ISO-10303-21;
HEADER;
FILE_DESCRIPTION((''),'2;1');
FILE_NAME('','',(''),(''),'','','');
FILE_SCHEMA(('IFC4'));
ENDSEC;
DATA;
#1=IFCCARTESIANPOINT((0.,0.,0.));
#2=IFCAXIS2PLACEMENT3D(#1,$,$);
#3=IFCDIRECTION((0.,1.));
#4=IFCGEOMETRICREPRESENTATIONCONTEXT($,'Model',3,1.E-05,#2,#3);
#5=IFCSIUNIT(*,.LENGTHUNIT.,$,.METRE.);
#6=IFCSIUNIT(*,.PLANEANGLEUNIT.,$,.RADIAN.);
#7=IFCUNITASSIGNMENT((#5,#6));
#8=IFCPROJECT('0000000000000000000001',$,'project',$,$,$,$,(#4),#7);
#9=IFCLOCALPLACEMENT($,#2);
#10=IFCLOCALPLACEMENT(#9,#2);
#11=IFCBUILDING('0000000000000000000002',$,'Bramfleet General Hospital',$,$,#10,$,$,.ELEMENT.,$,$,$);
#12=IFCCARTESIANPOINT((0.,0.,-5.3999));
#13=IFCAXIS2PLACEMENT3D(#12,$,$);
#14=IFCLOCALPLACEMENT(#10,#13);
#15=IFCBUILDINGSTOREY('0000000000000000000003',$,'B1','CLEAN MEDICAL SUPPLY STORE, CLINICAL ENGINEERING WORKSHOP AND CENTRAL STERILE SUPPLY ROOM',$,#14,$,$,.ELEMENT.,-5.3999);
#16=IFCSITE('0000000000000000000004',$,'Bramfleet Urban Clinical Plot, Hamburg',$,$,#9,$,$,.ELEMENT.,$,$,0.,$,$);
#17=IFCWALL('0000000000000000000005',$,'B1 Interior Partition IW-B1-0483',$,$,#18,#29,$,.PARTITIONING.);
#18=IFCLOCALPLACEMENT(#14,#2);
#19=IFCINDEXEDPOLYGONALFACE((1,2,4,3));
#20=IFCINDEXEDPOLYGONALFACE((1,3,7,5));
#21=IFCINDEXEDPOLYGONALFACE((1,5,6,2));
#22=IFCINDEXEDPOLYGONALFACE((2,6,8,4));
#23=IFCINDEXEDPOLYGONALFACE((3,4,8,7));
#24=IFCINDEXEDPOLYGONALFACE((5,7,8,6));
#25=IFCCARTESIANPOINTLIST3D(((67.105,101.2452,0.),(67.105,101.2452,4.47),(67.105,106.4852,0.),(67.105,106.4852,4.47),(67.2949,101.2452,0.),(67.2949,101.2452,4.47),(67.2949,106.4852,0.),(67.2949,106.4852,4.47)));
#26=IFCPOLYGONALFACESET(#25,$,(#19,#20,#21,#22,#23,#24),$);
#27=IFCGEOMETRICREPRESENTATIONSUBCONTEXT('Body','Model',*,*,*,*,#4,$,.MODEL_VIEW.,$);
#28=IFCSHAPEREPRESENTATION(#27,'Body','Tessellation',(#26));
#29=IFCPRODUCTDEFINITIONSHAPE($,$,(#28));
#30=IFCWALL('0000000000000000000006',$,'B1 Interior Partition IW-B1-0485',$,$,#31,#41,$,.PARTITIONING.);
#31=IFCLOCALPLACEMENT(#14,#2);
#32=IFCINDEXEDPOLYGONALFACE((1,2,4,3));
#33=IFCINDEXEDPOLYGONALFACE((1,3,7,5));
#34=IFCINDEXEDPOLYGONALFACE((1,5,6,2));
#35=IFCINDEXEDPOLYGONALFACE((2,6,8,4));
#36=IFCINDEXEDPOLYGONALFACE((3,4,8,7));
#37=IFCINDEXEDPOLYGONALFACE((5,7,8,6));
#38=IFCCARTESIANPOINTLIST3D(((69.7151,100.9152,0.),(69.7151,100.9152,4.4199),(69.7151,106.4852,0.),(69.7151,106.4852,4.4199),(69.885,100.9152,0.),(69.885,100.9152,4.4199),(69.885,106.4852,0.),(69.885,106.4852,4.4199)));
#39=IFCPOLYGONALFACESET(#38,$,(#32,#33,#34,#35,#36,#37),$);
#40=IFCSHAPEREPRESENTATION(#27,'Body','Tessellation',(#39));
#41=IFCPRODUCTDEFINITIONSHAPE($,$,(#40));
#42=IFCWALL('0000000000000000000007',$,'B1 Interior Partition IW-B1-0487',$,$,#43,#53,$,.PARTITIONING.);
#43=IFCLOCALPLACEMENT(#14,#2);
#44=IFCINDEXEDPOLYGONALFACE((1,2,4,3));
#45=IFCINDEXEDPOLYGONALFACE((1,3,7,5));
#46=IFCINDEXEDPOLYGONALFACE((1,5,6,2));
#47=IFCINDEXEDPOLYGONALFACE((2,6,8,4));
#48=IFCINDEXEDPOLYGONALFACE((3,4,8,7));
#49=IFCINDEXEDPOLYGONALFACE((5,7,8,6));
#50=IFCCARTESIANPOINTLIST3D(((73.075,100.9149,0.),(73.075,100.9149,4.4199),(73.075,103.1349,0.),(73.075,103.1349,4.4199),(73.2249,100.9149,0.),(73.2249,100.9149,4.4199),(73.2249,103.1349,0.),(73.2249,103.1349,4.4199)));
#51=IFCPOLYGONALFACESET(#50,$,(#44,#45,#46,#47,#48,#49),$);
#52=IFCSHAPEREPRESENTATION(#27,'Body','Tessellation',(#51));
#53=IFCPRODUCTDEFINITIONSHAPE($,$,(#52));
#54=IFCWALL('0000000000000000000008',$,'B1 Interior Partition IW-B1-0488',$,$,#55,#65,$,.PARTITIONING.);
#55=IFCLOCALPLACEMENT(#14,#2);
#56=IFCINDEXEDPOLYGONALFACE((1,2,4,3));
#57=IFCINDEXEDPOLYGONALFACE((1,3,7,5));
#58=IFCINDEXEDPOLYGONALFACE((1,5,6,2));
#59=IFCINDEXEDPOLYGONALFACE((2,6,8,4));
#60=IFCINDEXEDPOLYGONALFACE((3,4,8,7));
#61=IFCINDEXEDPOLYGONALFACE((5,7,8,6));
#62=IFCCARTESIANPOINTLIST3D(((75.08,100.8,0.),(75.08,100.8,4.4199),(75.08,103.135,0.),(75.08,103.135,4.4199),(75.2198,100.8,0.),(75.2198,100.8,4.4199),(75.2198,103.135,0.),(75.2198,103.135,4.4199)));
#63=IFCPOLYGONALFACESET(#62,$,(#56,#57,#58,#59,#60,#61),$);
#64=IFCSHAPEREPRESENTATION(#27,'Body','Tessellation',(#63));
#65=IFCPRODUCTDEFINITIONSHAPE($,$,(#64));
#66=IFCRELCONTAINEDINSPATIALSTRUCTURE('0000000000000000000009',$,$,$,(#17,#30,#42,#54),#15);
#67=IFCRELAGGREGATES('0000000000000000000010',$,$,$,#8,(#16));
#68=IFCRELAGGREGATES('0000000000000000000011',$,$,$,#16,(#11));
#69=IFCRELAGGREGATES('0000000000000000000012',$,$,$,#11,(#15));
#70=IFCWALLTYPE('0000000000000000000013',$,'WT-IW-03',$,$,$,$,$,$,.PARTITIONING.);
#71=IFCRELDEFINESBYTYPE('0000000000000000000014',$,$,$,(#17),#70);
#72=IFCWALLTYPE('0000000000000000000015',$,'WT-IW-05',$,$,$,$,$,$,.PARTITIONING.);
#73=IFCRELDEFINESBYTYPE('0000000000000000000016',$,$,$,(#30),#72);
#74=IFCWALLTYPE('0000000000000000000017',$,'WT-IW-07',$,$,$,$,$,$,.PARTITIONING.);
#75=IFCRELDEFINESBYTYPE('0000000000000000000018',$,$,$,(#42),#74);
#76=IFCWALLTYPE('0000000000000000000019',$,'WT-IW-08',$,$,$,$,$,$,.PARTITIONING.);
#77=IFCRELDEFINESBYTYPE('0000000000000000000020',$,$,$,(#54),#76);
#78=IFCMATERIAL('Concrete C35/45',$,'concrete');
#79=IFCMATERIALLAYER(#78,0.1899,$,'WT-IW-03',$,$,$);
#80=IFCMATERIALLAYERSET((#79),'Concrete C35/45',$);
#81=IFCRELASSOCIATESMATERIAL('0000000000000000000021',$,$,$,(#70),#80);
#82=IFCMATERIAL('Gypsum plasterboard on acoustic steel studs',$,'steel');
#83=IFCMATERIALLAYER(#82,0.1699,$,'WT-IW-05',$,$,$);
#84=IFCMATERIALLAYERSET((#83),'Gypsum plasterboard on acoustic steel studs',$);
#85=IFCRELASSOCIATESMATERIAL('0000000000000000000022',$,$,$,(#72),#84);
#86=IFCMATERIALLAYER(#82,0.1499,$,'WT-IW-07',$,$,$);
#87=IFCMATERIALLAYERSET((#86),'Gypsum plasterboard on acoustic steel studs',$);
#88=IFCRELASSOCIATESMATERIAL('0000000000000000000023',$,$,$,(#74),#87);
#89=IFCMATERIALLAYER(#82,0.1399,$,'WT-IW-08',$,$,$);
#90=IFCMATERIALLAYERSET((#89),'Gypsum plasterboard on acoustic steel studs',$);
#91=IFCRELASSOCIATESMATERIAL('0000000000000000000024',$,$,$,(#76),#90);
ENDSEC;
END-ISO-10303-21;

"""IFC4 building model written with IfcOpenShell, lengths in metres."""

from ifc_helpers import new_model, si_unit, direction, frame, frame_2d, origin, place, context, subcontext, project, spatial, rectangle, extrude, material, layer, layer_set, type_object, element, save


model = new_model("IFC4")

# Units and contexts
model_context = context("Model", 3, precision=1e-05, world=origin(), true_north=direction((0.0, 1.0)))
body_context = subcontext(model_context, "Body", "Model", "MODEL_VIEW")
ifc_project = project(units=[si_unit("LENGTHUNIT", "METRE"), si_unit("PLANEANGLEUNIT", "RADIAN")], contexts=[model_context])

# Site, building, storey
site_placement = place(None, origin())
site = spatial("IfcSite", under=ifc_project, at=site_placement, Name="Bramfleet Urban Clinical Plot, Hamburg", CompositionType="ELEMENT", RefElevation=0.0)
building_placement = place(site_placement, origin())
building = spatial("IfcBuilding", under=site, at=building_placement, Name="Bramfleet General Hospital", CompositionType="ELEMENT")
storey_placement = place(building_placement, frame((0.0, 0.0, -5.3999)))
storey = spatial("IfcBuildingStorey", under=building, at=storey_placement, Name="B1", Description="CLEAN MEDICAL SUPPLY STORE, CLINICAL ENGINEERING WORKSHOP AND CENTRAL STERILE SUPPLY ROOM", CompositionType="ELEMENT", Elevation=-5.3999)

# Shared definitions
ifc_material_1 = material(Name="Concrete C35/45", Category="concrete")

# Walls
ifc_layer_1 = layer(ifc_material_1, 0.1899, Name="WT-IW-03")
ifc_layer_set_1 = layer_set([ifc_layer_1], Name="Concrete C35/45")
wall_type_1 = type_object("IfcWallType", Name="WT-IW-03", PredefinedType="PARTITIONING", material=ifc_layer_set_1)
wall_1_placement = place(storey_placement, frame((67.2, 101.2451, 0.0), z_axis=(0.0, 0.0, 1.0), x_axis=(0.0, 1.0, 0.0)))
element("IfcWall", 1, at=wall_1_placement, inside=storey, type_object=wall_type_1, Name="B1 Interior Partition IW-B1-0483", PredefinedType="PARTITIONING", context=body_context, shape_type="SweptSolid", body=[
    extrude(rectangle(XDim=5.24, YDim=0.1899, at=frame_2d((2.6201, 0.0))), origin(), (0.0, 0.0, 1.0), 4.47),
])
ifc_material_2 = material(Name="Gypsum plasterboard on acoustic steel studs", Category="steel")
ifc_layer_2 = layer(ifc_material_2, 0.1699, Name="WT-IW-05")
ifc_layer_set_2 = layer_set([ifc_layer_2], Name="Gypsum plasterboard on acoustic steel studs")
wall_type_2 = type_object("IfcWallType", Name="WT-IW-05", PredefinedType="PARTITIONING", material=ifc_layer_set_2)
wall_2_placement = place(storey_placement, frame((69.8, 100.915, 0.0), z_axis=(0.0, 0.0, 1.0), x_axis=(0.0, 1.0, 0.0)))
element("IfcWall", 2, at=wall_2_placement, inside=storey, type_object=wall_type_2, Name="B1 Interior Partition IW-B1-0485", PredefinedType="PARTITIONING", context=body_context, shape_type="SweptSolid", body=[
    extrude(rectangle(XDim=5.5701, YDim=0.1699, at=frame_2d((2.7852, 0.0))), origin(), (0.0, 0.0, 1.0), 4.4199),
])
ifc_layer_3 = layer(ifc_material_2, 0.1499, Name="WT-IW-07")
ifc_layer_set_3 = layer_set([ifc_layer_3], Name="Gypsum plasterboard on acoustic steel studs")
wall_type_3 = type_object("IfcWallType", Name="WT-IW-07", PredefinedType="PARTITIONING", material=ifc_layer_set_3)
wall_3_placement = place(storey_placement, frame((73.1499, 100.915, 0.0), z_axis=(0.0, 0.0, 1.0), x_axis=(0.0, 1.0, 0.0)))
element("IfcWall", 3, at=wall_3_placement, inside=storey, type_object=wall_type_3, Name="B1 Interior Partition IW-B1-0487", PredefinedType="PARTITIONING", context=body_context, shape_type="SweptSolid", body=[
    extrude(rectangle(XDim=2.22, YDim=0.1499, at=frame_2d((1.1099, 0.0))), origin(), (0.0, 0.0, 1.0), 4.4199),
])
ifc_layer_4 = layer(ifc_material_2, 0.1399, Name="WT-IW-08")
ifc_layer_set_4 = layer_set([ifc_layer_4], Name="Gypsum plasterboard on acoustic steel studs")
wall_type_4 = type_object("IfcWallType", Name="WT-IW-08", PredefinedType="PARTITIONING", material=ifc_layer_set_4)
wall_4_placement = place(storey_placement, frame((75.1499, 100.8, 0.0), z_axis=(0.0, 0.0, 1.0), x_axis=(0.0, 1.0, 0.0)))
element("IfcWall", 4, at=wall_4_placement, inside=storey, type_object=wall_type_4, Name="B1 Interior Partition IW-B1-0488", PredefinedType="PARTITIONING", context=body_context, shape_type="SweptSolid", body=[
    extrude(rectangle(XDim=2.335, YDim=0.1399, at=frame_2d((1.1675, 0.0))), origin(), (0.0, 0.0, 1.0), 4.4199),
])

save(model, "model.ifc")
